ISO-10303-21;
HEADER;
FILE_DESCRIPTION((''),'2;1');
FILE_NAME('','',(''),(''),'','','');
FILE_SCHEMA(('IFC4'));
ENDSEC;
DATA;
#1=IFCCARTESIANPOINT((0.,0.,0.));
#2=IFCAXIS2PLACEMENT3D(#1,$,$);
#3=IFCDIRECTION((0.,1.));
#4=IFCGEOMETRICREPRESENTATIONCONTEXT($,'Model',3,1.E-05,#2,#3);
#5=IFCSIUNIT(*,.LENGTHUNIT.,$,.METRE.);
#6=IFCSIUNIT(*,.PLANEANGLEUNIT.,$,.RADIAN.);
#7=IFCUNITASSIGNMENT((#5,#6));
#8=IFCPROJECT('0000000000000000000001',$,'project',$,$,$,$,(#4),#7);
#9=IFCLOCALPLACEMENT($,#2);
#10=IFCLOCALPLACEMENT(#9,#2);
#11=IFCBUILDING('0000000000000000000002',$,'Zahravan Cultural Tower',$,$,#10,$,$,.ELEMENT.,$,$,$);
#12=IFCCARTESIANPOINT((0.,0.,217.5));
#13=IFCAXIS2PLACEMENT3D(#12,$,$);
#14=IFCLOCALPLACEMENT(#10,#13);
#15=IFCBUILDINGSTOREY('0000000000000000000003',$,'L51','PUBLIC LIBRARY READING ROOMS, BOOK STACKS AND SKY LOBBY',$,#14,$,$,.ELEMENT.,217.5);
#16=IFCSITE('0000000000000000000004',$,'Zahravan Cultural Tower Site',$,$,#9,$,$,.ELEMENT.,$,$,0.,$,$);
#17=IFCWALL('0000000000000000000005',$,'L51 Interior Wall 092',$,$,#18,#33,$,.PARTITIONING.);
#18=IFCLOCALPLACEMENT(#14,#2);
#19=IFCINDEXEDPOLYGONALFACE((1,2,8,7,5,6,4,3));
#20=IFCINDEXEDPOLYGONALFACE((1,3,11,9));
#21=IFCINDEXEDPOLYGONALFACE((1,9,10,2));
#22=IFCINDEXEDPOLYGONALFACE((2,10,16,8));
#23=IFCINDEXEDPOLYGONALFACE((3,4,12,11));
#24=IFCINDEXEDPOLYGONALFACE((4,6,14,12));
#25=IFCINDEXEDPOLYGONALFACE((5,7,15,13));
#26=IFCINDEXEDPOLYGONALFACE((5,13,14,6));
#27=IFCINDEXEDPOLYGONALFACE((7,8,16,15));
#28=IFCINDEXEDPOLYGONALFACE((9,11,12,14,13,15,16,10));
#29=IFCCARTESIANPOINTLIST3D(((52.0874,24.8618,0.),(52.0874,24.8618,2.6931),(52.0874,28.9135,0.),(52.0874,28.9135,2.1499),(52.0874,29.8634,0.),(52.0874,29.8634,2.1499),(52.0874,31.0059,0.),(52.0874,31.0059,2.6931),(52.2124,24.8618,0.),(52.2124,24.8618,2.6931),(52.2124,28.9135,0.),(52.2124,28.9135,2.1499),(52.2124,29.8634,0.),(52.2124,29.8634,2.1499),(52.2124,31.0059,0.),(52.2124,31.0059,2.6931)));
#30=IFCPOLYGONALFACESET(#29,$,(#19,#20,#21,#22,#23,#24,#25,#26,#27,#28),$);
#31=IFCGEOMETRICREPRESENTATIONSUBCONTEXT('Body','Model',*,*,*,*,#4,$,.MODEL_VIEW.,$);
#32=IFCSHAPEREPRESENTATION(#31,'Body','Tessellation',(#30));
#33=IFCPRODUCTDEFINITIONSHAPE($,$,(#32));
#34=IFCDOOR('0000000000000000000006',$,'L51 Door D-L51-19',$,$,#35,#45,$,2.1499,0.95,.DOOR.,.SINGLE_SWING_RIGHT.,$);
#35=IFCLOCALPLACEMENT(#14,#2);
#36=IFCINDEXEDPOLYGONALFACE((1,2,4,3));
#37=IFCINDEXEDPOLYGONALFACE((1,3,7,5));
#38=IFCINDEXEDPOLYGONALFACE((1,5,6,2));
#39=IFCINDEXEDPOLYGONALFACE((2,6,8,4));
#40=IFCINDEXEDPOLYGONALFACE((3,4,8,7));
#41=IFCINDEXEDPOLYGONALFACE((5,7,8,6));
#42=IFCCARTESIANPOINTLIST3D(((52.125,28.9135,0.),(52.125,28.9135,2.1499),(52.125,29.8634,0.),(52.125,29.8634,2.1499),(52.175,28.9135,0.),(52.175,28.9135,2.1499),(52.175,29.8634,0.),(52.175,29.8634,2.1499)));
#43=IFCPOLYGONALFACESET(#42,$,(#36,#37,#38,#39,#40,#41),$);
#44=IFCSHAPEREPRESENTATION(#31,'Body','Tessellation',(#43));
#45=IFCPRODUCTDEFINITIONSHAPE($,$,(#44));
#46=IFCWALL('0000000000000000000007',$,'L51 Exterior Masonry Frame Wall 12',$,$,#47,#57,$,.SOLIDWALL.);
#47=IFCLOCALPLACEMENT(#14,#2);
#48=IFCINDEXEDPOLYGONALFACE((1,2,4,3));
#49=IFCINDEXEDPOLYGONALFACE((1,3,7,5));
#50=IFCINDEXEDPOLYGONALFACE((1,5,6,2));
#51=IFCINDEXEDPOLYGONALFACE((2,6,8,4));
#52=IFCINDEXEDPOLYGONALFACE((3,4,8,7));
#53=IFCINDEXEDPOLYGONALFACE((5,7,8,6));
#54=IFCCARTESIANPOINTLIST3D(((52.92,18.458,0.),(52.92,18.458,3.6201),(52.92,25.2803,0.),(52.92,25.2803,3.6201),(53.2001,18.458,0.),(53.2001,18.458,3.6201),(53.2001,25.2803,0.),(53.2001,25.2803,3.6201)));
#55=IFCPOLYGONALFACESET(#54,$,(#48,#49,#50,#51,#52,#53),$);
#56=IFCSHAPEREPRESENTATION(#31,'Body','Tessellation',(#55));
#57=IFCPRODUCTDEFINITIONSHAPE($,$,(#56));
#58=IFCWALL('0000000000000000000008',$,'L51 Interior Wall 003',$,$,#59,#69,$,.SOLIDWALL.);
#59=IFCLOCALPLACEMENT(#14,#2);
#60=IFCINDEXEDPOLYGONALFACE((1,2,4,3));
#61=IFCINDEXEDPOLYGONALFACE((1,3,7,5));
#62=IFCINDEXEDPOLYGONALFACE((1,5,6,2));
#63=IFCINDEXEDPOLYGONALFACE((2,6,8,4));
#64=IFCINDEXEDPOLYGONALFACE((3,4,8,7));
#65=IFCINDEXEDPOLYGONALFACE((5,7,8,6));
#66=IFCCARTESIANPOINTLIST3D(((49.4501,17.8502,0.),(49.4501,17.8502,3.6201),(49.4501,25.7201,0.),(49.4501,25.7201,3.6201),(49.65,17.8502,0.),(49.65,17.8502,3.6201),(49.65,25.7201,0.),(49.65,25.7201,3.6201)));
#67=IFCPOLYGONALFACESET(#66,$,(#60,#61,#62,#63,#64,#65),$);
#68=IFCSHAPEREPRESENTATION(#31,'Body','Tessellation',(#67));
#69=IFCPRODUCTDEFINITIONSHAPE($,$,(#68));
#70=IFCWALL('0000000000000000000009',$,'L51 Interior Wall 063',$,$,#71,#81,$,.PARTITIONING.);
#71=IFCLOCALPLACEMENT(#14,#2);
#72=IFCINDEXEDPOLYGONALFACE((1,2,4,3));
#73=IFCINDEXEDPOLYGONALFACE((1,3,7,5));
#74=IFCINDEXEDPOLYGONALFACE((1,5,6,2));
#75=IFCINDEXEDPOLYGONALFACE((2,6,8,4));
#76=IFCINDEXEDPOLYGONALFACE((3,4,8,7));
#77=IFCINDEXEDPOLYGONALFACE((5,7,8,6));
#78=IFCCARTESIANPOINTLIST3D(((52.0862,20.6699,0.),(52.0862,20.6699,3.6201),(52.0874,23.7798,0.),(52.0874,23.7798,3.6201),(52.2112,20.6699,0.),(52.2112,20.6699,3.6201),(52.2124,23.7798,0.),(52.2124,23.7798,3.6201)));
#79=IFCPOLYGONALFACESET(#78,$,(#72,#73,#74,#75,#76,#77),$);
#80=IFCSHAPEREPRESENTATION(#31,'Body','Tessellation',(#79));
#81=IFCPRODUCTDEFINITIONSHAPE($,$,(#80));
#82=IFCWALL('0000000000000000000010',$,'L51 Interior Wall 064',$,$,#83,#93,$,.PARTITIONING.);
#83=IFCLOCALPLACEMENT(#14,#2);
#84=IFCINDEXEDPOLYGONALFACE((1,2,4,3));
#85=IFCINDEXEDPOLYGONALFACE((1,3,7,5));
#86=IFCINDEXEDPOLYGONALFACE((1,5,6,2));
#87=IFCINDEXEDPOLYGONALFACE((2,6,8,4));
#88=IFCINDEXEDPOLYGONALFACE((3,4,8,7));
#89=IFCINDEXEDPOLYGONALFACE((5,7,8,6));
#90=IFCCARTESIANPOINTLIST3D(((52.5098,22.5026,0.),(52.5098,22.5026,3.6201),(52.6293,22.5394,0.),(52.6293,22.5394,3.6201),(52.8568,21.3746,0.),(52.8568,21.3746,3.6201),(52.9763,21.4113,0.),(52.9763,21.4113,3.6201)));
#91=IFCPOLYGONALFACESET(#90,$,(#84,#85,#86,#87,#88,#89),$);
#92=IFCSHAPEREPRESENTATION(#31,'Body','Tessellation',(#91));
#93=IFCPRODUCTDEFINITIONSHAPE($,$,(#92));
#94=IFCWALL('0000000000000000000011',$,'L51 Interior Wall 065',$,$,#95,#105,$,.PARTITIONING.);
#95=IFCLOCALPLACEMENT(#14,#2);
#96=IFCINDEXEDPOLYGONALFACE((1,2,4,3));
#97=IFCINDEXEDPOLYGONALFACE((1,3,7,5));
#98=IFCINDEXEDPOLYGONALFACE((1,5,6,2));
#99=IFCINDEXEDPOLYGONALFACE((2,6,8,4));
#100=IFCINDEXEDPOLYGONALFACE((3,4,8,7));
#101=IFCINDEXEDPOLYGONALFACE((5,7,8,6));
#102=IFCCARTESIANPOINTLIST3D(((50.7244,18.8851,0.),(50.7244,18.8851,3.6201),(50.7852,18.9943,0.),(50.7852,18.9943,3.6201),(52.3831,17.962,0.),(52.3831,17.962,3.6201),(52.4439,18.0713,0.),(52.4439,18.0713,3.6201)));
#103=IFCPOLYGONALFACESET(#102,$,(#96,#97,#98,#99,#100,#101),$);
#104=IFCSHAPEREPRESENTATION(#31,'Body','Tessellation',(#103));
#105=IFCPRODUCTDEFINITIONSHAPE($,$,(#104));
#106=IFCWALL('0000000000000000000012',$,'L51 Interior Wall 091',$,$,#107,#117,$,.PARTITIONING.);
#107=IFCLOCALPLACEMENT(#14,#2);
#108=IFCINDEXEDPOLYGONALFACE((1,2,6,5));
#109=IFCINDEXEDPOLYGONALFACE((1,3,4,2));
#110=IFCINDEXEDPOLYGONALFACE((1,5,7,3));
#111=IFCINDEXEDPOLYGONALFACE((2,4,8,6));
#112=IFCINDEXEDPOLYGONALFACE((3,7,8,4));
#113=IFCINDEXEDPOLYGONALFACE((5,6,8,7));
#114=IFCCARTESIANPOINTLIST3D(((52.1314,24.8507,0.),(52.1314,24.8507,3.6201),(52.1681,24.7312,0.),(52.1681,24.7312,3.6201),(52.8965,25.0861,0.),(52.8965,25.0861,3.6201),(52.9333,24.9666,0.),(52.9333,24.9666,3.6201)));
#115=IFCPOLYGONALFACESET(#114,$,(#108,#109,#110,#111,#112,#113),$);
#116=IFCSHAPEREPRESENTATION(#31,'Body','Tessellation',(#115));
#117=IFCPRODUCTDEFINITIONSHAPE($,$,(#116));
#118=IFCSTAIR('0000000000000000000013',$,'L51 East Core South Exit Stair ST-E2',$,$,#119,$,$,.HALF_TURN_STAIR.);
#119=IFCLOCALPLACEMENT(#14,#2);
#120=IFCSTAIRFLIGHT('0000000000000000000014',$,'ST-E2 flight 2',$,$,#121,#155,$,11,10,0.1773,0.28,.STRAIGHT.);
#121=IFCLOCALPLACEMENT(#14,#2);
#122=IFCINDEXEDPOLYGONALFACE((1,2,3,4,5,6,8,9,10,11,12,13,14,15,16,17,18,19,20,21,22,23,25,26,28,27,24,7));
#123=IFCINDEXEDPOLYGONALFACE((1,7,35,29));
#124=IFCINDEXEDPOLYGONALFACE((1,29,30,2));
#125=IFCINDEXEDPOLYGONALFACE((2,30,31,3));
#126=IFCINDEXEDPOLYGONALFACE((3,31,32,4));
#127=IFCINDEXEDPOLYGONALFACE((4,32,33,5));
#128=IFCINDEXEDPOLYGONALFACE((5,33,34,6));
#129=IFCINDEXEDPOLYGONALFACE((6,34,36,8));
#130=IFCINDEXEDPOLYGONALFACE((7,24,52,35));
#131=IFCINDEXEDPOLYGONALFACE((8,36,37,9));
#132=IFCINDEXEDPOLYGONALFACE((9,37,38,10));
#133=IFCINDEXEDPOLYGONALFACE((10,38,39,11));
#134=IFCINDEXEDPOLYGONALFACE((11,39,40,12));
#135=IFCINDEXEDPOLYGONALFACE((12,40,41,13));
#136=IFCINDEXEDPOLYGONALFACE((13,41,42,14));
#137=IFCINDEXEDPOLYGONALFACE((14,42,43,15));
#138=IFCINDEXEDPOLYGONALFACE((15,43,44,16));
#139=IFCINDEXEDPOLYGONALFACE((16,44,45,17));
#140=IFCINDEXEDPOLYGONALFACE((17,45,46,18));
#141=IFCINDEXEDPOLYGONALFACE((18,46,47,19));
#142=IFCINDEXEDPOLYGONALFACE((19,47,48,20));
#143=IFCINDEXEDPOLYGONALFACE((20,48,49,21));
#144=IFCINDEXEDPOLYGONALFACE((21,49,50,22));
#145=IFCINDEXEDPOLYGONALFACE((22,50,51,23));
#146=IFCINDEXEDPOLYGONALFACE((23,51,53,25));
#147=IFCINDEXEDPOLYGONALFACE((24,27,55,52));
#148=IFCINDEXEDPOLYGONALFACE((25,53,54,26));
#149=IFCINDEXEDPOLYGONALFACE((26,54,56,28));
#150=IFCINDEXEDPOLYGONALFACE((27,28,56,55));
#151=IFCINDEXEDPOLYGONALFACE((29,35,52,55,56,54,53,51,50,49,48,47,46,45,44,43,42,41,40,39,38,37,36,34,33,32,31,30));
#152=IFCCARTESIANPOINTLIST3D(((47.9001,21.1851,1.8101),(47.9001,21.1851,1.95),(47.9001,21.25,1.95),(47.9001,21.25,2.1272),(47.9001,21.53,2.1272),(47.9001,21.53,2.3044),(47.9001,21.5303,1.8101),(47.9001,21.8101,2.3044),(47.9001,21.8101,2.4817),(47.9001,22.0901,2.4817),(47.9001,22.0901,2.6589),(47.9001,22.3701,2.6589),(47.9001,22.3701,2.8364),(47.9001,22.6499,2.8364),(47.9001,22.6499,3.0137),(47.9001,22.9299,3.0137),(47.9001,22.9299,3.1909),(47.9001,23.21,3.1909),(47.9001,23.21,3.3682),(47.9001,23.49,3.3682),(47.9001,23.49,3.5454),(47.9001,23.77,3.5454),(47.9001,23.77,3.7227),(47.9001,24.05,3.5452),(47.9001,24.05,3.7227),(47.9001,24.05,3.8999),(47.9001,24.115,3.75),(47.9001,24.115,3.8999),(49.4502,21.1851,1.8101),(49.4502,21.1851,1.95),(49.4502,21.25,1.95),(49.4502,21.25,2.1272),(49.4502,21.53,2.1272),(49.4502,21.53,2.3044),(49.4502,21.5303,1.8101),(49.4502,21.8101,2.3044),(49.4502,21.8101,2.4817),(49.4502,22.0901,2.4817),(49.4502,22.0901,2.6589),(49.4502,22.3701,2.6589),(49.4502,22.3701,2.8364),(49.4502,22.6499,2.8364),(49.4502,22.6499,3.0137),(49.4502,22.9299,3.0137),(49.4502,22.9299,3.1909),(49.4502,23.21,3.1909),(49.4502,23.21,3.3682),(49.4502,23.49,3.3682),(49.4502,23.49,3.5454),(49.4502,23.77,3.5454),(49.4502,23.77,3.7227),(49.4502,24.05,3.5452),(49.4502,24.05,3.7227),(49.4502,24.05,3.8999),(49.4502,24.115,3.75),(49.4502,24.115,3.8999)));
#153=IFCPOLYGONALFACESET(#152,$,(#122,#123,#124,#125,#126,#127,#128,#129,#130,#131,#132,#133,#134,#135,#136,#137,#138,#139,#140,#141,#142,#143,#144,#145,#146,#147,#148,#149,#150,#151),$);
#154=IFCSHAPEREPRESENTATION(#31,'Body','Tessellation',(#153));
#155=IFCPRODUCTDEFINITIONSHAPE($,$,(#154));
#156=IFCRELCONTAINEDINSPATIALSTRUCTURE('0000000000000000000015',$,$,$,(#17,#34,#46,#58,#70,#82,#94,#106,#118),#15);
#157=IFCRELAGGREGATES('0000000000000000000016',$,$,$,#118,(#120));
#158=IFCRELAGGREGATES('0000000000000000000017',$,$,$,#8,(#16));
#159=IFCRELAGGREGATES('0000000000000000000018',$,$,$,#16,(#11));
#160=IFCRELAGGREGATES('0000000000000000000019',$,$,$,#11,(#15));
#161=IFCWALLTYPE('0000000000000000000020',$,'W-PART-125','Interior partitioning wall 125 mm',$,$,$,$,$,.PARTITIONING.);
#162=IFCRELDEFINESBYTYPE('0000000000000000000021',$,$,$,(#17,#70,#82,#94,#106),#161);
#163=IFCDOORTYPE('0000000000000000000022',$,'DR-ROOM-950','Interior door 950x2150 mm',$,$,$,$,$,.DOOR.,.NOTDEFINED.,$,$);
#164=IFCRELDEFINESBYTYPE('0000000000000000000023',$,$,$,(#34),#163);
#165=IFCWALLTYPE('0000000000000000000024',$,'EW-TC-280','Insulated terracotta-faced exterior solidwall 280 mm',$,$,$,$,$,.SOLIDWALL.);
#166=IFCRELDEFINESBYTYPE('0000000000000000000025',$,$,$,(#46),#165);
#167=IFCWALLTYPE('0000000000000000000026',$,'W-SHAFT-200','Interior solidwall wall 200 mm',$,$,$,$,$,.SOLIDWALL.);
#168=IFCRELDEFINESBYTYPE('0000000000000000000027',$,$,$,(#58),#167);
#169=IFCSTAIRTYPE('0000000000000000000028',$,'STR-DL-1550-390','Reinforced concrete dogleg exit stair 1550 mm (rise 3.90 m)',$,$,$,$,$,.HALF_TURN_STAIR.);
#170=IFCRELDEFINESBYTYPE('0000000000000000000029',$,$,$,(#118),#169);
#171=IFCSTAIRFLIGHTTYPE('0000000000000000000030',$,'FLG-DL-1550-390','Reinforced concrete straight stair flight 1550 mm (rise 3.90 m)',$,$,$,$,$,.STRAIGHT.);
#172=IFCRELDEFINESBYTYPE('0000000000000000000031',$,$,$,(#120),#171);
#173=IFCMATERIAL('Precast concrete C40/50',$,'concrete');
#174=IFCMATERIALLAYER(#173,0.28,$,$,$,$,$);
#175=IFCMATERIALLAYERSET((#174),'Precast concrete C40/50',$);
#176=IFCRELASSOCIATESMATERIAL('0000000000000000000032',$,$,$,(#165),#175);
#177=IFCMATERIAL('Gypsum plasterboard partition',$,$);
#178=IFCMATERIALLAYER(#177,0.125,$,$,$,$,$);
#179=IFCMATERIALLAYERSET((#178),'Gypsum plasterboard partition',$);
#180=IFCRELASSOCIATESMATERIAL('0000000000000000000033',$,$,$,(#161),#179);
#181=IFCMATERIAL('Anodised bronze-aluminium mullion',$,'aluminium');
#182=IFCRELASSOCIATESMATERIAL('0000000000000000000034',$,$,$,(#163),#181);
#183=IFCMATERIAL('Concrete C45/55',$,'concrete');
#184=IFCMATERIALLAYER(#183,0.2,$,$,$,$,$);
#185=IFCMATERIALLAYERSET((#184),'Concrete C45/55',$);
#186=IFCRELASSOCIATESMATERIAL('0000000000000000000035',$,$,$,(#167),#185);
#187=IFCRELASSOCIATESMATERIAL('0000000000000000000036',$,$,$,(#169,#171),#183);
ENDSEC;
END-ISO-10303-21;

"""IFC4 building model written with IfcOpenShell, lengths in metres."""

from ifc_helpers import new_model, si_unit, direction, frame, frame_2d, origin, place, context, subcontext, project, spatial, polyline, rectangle, outline, extrude, source, transform, mapped, material, layer, layer_set, type_object, element, fill, aggregate, save


model = new_model("IFC4")

# Units and contexts
model_context = context("Model", 3, precision=1e-05, world=origin(), true_north=direction((0.0, 1.0)))
body_context = subcontext(model_context, "Body", "Model", "MODEL_VIEW")
ifc_project = project(units=[si_unit("LENGTHUNIT", "METRE"), si_unit("PLANEANGLEUNIT", "RADIAN")], contexts=[model_context])

# Site, building, storey
site_placement = place(None, origin())
site = spatial("IfcSite", under=ifc_project, at=site_placement, Name="Zahravan Cultural Tower Site", CompositionType="ELEMENT", RefElevation=0.0)
building_placement = place(site_placement, origin())
building = spatial("IfcBuilding", under=site, at=building_placement, Name="Zahravan Cultural Tower", CompositionType="ELEMENT")
storey_placement = place(building_placement, frame((0.0, 0.0, 217.5)))
storey = spatial("IfcBuildingStorey", under=building, at=storey_placement, Name="L51", Description="PUBLIC LIBRARY READING ROOMS, BOOK STACKS AND SKY LOBBY", CompositionType="ELEMENT", Elevation=217.5)

# Shared definitions
ifc_material_1 = material(Name="Precast concrete C40/50", Category="concrete")
ifc_layer_1 = layer(ifc_material_1, 0.28)
ifc_layer_set_1 = layer_set([ifc_layer_1], Name="Precast concrete C40/50")
wall_type_1 = type_object("IfcWallType", Name="EW-TC-280", Description="Insulated terracotta-faced exterior solidwall 280 mm", PredefinedType="SOLIDWALL", material=ifc_layer_set_1)

# Wall, opening, door
ifc_material_2 = material(Name="Gypsum plasterboard partition")
ifc_layer_2 = layer(ifc_material_2, 0.125)
ifc_layer_set_2 = layer_set([ifc_layer_2], Name="Gypsum plasterboard partition")
wall_type_2 = type_object("IfcWallType", Name="W-PART-125", Description="Interior partitioning wall 125 mm", PredefinedType="PARTITIONING", material=ifc_layer_set_2)
ifc_material_3 = material(Name="Anodised bronze-aluminium mullion", Category="aluminium")
door_type = type_object("IfcDoorType", Name="DR-ROOM-950", Description="Interior door 950x2150 mm", OperationType="NOTDEFINED", PredefinedType="DOOR", material=ifc_material_3)
shared_shape_1 = source(origin(), body_context, "Body", "SweptSolid", [
    extrude(rectangle(XDim=0.95, YDim=2.1499, at=frame_2d((0.4751, 1.075))), frame((0.0, 0.0249, 0.0), z_axis=(0.0, -1.0, 0.0), x_axis=(1.0, 0.0, 0.0)), (0.0, 0.0, 1.0), 0.05),
])
wall_1_placement = place(storey_placement, frame((52.1499, 24.8618, 0.0), z_axis=(0.0, 0.0, 1.0), x_axis=(0.0, 1.0, 0.0)))
wall_1 = element("IfcWall", 1, at=wall_1_placement, inside=storey, type_object=wall_type_2, Name="L51 Interior Wall 092", PredefinedType="PARTITIONING", context=body_context, shape_type="SweptSolid", body=[
    extrude(rectangle(XDim=6.144, YDim=0.125, at=frame_2d((3.072, 0.0))), origin(), (0.0, 0.0, 1.0), 2.6931),
])
opening_1_placement = place(wall_1_placement, frame((4.0515, 0.0, 0.0)))
opening_1 = element("IfcOpeningElement", 2, at=opening_1_placement, cuts=wall_1, PredefinedType="OPENING", context=body_context, shape_type="SweptSolid", body=[
    extrude(rectangle(XDim=0.95, YDim=2.1499, at=frame_2d((0.4751, 1.075))), frame((0.0, 0.0725, 0.0), z_axis=(0.0, -1.0, 0.0), x_axis=(1.0, 0.0, 0.0)), (0.0, 0.0, 1.0), 0.145),
])
door_1_placement = place(opening_1_placement, origin())
door_1 = element("IfcDoor", 3, at=door_1_placement, inside=storey, type_object=door_type, Name="L51 Door D-L51-19", OperationType="SINGLE_SWING_RIGHT", OverallHeight=2.1499, OverallWidth=0.95, PredefinedType="DOOR", context=body_context, shape_type="MappedRepresentation", body=[
    mapped(shared_shape_1, transform((0.0, 0.0, 0.0), x_axis=(1.0, 0.0, 0.0), y_axis=(0.0, 1.0, 0.0), z_axis=(0.0, 0.0, 1.0), scale=1.0)),
])
fill(opening_1, door_1)

# Walls
shared_shape_2 = source(origin(), body_context, "Body", "SweptSolid", [
    extrude(rectangle(XDim=6.8223, YDim=0.28, at=frame_2d((3.4111, 0.0))), origin(), (0.0, 0.0, 1.0), 3.6201),
])
wall_2_placement = place(storey_placement, frame((53.0601, 25.2803, 0.0), z_axis=(0.0, 0.0, 1.0), x_axis=(0.0, -1.0, 0.0)))
element("IfcWall", 4, at=wall_2_placement, inside=storey, type_object=wall_type_1, Name="L51 Exterior Masonry Frame Wall 12", PredefinedType="SOLIDWALL", context=body_context, shape_type="MappedRepresentation", body=[
    mapped(shared_shape_2, transform((0.0, 0.0, 0.0), x_axis=(1.0, 0.0, 0.0), y_axis=(0.0, 1.0, 0.0), z_axis=(0.0, 0.0, 1.0), scale=1.0)),
])
ifc_material_4 = material(Name="Concrete C45/55", Category="concrete")
ifc_layer_3 = layer(ifc_material_4, 0.2)
ifc_layer_set_3 = layer_set([ifc_layer_3], Name="Concrete C45/55")
wall_type_3 = type_object("IfcWallType", Name="W-SHAFT-200", Description="Interior solidwall wall 200 mm", PredefinedType="SOLIDWALL", material=ifc_layer_set_3)
shared_shape_3 = source(origin(), body_context, "Body", "SweptSolid", [
    extrude(rectangle(XDim=7.8699, YDim=0.2, at=frame_2d((3.9351, 0.0))), origin(), (0.0, 0.0, 1.0), 3.6201),
])
wall_3_placement = place(storey_placement, frame((49.55, 17.8501, 0.0), z_axis=(0.0, 0.0, 1.0), x_axis=(0.0, 1.0, 0.0)))
element("IfcWall", 5, at=wall_3_placement, inside=storey, type_object=wall_type_3, Name="L51 Interior Wall 003", PredefinedType="SOLIDWALL", context=body_context, shape_type="MappedRepresentation", body=[
    mapped(shared_shape_3, transform((0.0, 0.0, 0.0), x_axis=(1.0, 0.0, 0.0), y_axis=(0.0, 1.0, 0.0), z_axis=(0.0, 0.0, 1.0), scale=1.0)),
])
shared_shape_4 = source(origin(), body_context, "Body", "SweptSolid", [
    extrude(rectangle(XDim=3.1099, YDim=0.125, at=frame_2d((1.5549, 0.0))), origin(), (0.0, 0.0, 1.0), 3.6201),
])
wall_4_placement = place(storey_placement, frame((52.1487, 20.6699, 0.0), z_axis=(0.0, 0.0, 1.0), x_axis=(0.000393, 1.0, 0.0)))
element("IfcWall", 6, at=wall_4_placement, inside=storey, type_object=wall_type_2, Name="L51 Interior Wall 063", PredefinedType="PARTITIONING", context=body_context, shape_type="MappedRepresentation", body=[
    mapped(shared_shape_4, transform((0.0, 0.0, 0.0), x_axis=(1.0, 0.0, 0.0), y_axis=(0.0, 1.0, 0.0), z_axis=(0.0, 0.0, 1.0), scale=1.0)),
])
shared_shape_5 = source(origin(), body_context, "Body", "SweptSolid", [
    extrude(rectangle(XDim=1.1802, YDim=0.125, at=frame_2d((0.5901, 0.0))), origin(), (0.0, 0.0, 1.0), 3.6201),
])
wall_5_placement = place(storey_placement, frame((52.5696, 22.521, 0.0), z_axis=(0.0, 0.0, 1.0), x_axis=(0.293984, -0.95581, 0.0)))
element("IfcWall", 7, at=wall_5_placement, inside=storey, type_object=wall_type_2, Name="L51 Interior Wall 064", PredefinedType="PARTITIONING", context=body_context, shape_type="MappedRepresentation", body=[
    mapped(shared_shape_5, transform((0.0, 0.0, 0.0), x_axis=(1.0, 0.0, 0.0), y_axis=(0.0, 1.0, 0.0), z_axis=(0.0, 0.0, 1.0), scale=1.0)),
])
shared_shape_6 = source(origin(), body_context, "Body", "SweptSolid", [
    extrude(rectangle(XDim=1.8982, YDim=0.125, at=frame_2d((0.9492, 0.0))), origin(), (0.0, 0.0, 1.0), 3.6201),
])
wall_6_placement = place(storey_placement, frame((52.4136, 18.0166, 0.0), z_axis=(0.0, 0.0, 1.0), x_axis=(-0.873799, 0.486287, 0.0)))
element("IfcWall", 8, at=wall_6_placement, inside=storey, type_object=wall_type_2, Name="L51 Interior Wall 065", PredefinedType="PARTITIONING", context=body_context, shape_type="MappedRepresentation", body=[
    mapped(shared_shape_6, transform((0.0, 0.0, 0.0), x_axis=(1.0, 0.0, 0.0), y_axis=(0.0, 1.0, 0.0), z_axis=(0.0, 0.0, 1.0), scale=1.0)),
])
shared_shape_7 = source(origin(), body_context, "Body", "SweptSolid", [
    extrude(rectangle(XDim=0.8005, YDim=0.125, at=frame_2d((0.4004, 0.0))), origin(), (0.0, 0.0, 1.0), 3.6201),
])
wall_7_placement = place(storey_placement, frame((52.915, 25.0264, 0.0), z_axis=(0.0, 0.0, 1.0), x_axis=(-0.955805, -0.294, 0.0)))
element("IfcWall", 9, at=wall_7_placement, inside=storey, type_object=wall_type_2, Name="L51 Interior Wall 091", PredefinedType="PARTITIONING", context=body_context, shape_type="MappedRepresentation", body=[
    mapped(shared_shape_7, transform((0.0, 0.0, 0.0), x_axis=(1.0, 0.0, 0.0), y_axis=(0.0, 1.0, 0.0), z_axis=(0.0, 0.0, 1.0), scale=1.0)),
])

# Stair, stair flight
stair_type = type_object("IfcStairType", Name="STR-DL-1550-390", Description="Reinforced concrete dogleg exit stair 1550 mm (rise 3.90 m)", PredefinedType="HALF_TURN_STAIR", material=ifc_material_4)
stair_placement = place(storey_placement, origin())
stair = element("IfcStair", 10, at=stair_placement, inside=storey, type_object=stair_type, Name="L51 East Core South Exit Stair ST-E2", PredefinedType="HALF_TURN_STAIR")
stair_flight_type = type_object("IfcStairFlightType", Name="FLG-DL-1550-390", Description="Reinforced concrete straight stair flight 1550 mm (rise 3.90 m)", PredefinedType="STRAIGHT", material=ifc_material_4)
stair_flight_placement = place(storey_placement, frame((48.675, 21.25, 1.95), z_axis=(0.0, 0.0, 1.0), x_axis=(0.0, 1.0, 0.0)))
stair_flight = element("IfcStairFlight", 11, at=stair_flight_placement, type_object=stair_flight_type, Name="ST-E2 flight 2", NumberOfRisers=11, NumberOfTreads=10, PredefinedType="STRAIGHT", RiserHeight=0.1773, TreadLength=0.28, context=body_context, shape_type="SweptSolid", body=[
    extrude(outline(polyline([(-0.0649, -0.1399), (-0.0649, 0.0), (0.0, 0.0), (0.0, 0.1772), (0.28, 0.1772), (0.28, 0.3545), (0.5601, 0.3545), (0.5601, 0.5317), (0.8401, 0.5317), (0.8401, 0.709), (1.1201, 0.709), (1.1201, 0.8865), (1.3999, 0.8865), (1.3999, 1.0637), (1.6799, 1.0637), (1.6799, 1.241), (1.96, 1.241), (1.96, 1.4182), (2.24, 1.4182), (2.24, 1.5955), (2.52, 1.5955), (2.52, 1.7727), (2.8, 1.7727), (2.8, 1.95), (2.865, 1.95), (2.865, 1.8), (2.8, 1.5952), (0.2803, -0.1399), (-0.0649, -0.1399)])), frame((0.0, 0.7749, 0.0), z_axis=(0.0, -1.0, 0.0), x_axis=(1.0, 0.0, 0.0)), (0.0, 0.0, 1.0), 1.55),
])
aggregate(stair, [stair_flight])

save(model, "model.ifc")
